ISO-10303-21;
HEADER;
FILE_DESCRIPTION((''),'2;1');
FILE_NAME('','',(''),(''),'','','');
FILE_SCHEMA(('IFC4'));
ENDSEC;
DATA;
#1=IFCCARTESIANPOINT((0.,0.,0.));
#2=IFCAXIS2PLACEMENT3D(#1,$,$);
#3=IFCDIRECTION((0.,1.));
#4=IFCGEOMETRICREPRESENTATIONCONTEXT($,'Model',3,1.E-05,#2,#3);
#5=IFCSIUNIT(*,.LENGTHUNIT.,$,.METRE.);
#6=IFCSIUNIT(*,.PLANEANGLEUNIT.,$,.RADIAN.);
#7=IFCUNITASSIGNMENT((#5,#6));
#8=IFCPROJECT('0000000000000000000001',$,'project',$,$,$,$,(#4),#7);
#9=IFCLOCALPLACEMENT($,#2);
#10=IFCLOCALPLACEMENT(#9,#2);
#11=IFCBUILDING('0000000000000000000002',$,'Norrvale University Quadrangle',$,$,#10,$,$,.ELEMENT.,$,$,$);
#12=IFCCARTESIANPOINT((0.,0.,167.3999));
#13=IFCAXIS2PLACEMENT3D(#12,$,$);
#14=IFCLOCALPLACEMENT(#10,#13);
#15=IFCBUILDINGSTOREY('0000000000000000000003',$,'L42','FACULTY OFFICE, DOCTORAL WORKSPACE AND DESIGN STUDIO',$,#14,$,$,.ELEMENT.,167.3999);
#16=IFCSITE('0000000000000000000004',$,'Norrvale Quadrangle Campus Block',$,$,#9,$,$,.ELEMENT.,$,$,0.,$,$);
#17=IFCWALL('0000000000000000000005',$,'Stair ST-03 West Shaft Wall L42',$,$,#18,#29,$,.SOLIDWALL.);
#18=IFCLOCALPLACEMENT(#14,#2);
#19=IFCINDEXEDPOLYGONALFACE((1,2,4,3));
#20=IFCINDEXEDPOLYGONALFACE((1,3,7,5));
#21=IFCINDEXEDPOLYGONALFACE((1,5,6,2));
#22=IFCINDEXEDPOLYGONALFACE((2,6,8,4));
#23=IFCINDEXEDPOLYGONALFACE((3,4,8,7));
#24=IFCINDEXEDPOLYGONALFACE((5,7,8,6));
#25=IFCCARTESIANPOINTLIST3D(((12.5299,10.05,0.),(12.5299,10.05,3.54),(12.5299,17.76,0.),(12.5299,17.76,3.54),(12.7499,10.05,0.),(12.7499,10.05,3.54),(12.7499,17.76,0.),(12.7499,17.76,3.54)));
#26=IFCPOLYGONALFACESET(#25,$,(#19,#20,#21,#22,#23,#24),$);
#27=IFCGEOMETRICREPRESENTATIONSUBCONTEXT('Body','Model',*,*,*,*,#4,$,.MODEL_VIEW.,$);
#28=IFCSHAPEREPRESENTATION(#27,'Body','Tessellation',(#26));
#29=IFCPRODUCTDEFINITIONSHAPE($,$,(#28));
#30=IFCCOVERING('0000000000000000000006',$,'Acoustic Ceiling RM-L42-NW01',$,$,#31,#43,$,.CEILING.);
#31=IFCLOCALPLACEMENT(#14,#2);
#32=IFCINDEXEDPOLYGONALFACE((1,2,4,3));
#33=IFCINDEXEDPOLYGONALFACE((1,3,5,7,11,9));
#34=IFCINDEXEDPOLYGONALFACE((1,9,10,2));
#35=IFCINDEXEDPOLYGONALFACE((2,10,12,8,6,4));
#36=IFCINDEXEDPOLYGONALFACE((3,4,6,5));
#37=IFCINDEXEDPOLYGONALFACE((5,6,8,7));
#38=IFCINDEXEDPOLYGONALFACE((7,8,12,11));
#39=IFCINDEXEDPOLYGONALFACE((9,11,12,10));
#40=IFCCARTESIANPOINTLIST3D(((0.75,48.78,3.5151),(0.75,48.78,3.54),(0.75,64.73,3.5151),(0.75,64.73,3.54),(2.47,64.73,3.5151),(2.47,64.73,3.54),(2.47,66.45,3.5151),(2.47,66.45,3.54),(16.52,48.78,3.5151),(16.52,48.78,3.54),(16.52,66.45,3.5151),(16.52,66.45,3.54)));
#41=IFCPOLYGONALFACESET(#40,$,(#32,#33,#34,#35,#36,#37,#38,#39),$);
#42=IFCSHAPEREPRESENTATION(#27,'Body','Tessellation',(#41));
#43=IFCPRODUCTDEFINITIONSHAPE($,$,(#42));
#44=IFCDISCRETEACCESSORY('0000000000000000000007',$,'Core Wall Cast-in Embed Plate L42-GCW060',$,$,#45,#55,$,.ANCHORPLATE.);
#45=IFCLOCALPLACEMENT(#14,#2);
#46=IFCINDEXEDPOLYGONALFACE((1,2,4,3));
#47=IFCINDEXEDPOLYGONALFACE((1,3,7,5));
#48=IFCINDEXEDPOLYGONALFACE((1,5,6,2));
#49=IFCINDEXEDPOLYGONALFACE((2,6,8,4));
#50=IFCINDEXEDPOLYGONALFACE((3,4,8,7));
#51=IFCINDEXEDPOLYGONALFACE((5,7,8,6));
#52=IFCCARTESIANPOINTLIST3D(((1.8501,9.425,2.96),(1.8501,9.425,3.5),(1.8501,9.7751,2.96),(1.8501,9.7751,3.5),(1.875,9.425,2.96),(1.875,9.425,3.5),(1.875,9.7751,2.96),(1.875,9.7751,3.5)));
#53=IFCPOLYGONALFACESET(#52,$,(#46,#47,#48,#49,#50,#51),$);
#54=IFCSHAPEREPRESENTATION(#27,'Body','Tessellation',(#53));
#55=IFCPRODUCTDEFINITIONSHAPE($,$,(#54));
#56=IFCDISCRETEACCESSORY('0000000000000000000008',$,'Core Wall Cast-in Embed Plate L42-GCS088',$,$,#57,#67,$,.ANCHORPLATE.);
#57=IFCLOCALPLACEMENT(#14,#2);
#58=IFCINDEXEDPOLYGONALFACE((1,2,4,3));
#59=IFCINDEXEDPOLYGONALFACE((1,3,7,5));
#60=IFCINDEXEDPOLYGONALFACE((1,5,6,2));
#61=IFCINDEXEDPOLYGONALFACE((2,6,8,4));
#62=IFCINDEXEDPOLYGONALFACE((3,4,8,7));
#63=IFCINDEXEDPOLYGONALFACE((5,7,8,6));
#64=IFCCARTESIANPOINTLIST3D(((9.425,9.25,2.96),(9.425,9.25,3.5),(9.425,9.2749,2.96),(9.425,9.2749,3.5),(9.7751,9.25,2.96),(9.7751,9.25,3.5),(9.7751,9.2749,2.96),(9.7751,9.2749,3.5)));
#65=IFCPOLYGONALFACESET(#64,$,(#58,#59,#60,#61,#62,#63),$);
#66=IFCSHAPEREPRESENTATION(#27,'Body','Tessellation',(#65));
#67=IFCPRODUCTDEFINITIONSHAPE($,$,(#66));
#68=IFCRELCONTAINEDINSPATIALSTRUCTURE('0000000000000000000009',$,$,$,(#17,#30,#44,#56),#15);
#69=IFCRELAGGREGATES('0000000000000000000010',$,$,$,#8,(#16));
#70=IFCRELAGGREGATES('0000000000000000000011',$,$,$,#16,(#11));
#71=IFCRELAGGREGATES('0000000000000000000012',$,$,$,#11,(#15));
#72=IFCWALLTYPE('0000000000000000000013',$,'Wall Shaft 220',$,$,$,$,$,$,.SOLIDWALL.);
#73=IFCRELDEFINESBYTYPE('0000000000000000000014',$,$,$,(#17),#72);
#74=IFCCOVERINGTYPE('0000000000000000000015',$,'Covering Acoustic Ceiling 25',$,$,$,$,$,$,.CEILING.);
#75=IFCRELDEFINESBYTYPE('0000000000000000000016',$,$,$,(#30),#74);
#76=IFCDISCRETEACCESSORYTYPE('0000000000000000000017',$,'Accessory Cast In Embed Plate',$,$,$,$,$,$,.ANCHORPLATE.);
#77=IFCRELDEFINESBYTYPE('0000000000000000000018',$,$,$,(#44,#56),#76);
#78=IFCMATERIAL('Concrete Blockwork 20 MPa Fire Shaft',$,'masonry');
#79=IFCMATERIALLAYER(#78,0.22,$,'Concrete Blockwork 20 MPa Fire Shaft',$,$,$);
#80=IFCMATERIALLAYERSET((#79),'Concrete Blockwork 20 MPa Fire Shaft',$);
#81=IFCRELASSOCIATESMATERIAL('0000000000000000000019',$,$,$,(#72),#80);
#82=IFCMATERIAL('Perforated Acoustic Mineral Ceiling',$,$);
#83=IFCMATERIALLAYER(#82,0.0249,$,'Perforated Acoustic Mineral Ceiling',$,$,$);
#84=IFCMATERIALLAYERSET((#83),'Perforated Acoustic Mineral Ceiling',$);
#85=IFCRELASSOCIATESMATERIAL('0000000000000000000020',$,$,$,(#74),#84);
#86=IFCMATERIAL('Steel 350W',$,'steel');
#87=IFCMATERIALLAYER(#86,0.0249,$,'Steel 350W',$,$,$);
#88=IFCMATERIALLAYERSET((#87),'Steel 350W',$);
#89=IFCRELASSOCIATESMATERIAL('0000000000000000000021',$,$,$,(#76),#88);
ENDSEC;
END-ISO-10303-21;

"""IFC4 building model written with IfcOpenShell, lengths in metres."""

from ifc_helpers import new_model, si_unit, direction, frame, frame_2d, origin, origin_2d, place, context, subcontext, project, spatial, polyline, rectangle, outline, extrude, material, layer, layer_set, type_object, element, save


model = new_model("IFC4")

# Units and contexts
model_context = context("Model", 3, precision=1e-05, world=origin(), true_north=direction((0.0, 1.0)))
body_context = subcontext(model_context, "Body", "Model", "MODEL_VIEW")
ifc_project = project(units=[si_unit("LENGTHUNIT", "METRE"), si_unit("PLANEANGLEUNIT", "RADIAN")], contexts=[model_context])

# Site, building, storey
site_placement = place(None, origin())
site = spatial("IfcSite", under=ifc_project, at=site_placement, Name="Norrvale Quadrangle Campus Block", CompositionType="ELEMENT", RefElevation=0.0)
building_placement = place(site_placement, origin())
building = spatial("IfcBuilding", under=site, at=building_placement, Name="Norrvale University Quadrangle", CompositionType="ELEMENT")
storey_placement = place(building_placement, frame((0.0, 0.0, 167.3999)))
storey = spatial("IfcBuildingStorey", under=building, at=storey_placement, Name="L42", Description="FACULTY OFFICE, DOCTORAL WORKSPACE AND DESIGN STUDIO", CompositionType="ELEMENT", Elevation=167.3999)

# Shared definitions
ifc_material_1 = material(Name="Steel 350W", Category="steel")

# Shared definitions
ifc_material_2 = material(Name="Concrete Blockwork 20 MPa Fire Shaft", Category="masonry")
ifc_layer_1 = layer(ifc_material_2, 0.22, Name="Concrete Blockwork 20 MPa Fire Shaft")
ifc_layer_set_1 = layer_set([ifc_layer_1], Name="Concrete Blockwork 20 MPa Fire Shaft")
wall_type_1 = type_object("IfcWallType", Name="Wall Shaft 220", PredefinedType="SOLIDWALL", material=ifc_layer_set_1)

# Wall
wall_1_placement = place(storey_placement, frame((12.6399, 10.05, 0.0), z_axis=(0.0, 0.0, 1.0), x_axis=(0.0, 1.0, 0.0)))
element("IfcWall", 1, at=wall_1_placement, inside=storey, type_object=wall_type_1, Name="Stair ST-03 West Shaft Wall L42", PredefinedType="SOLIDWALL", context=body_context, shape_type="SweptSolid", body=[
    extrude(rectangle(XDim=7.71, YDim=0.22, at=frame_2d((3.855, 0.0))), origin(), (0.0, 0.0, 1.0), 3.54),
])

# Covering
ifc_material_3 = material(Name="Perforated Acoustic Mineral Ceiling")
ifc_layer_2 = layer(ifc_material_3, 0.0249, Name="Perforated Acoustic Mineral Ceiling")
ifc_layer_set_2 = layer_set([ifc_layer_2], Name="Perforated Acoustic Mineral Ceiling")
covering_type = type_object("IfcCoveringType", Name="Covering Acoustic Ceiling 25", PredefinedType="CEILING", material=ifc_layer_set_2)
covering_placement = place(storey_placement, frame((0.0, 0.0, 3.5151)))
element("IfcCovering", 2, at=covering_placement, inside=storey, type_object=covering_type, Name="Acoustic Ceiling RM-L42-NW01", PredefinedType="CEILING", context=body_context, shape_type="SweptSolid", body=[
    extrude(outline(polyline([(16.52, 66.45), (16.52, 48.78), (0.75, 48.78), (0.75, 64.73), (2.47, 64.73), (2.47, 66.45), (16.52, 66.45)])), origin(), (0.0, 0.0, 1.0), 0.0249),
])

# Discrete accessories
ifc_layer_3 = layer(ifc_material_1, 0.0249, Name="Steel 350W")
ifc_layer_set_3 = layer_set([ifc_layer_3], Name="Steel 350W")
discrete_accessory_type = type_object("IfcDiscreteAccessoryType", Name="Accessory Cast In Embed Plate", PredefinedType="ANCHORPLATE", material=ifc_layer_set_3)
discrete_accessory_1_placement = place(storey_placement, frame((1.8625, 9.6001, 2.96), z_axis=(0.0, 0.0, 1.0), x_axis=(1.0, 0.0, 0.0)))
element("IfcDiscreteAccessory", 3, at=discrete_accessory_1_placement, inside=storey, type_object=discrete_accessory_type, Name="Core Wall Cast-in Embed Plate L42-GCW060", PredefinedType="ANCHORPLATE", context=body_context, shape_type="SweptSolid", body=[
    extrude(rectangle(XDim=0.0249, YDim=0.3501, at=origin_2d()), origin(), (0.0, 0.0, 1.0), 0.54),
])
discrete_accessory_2_placement = place(storey_placement, frame((9.6001, 9.2625, 2.96), z_axis=(0.0, 0.0, 1.0), x_axis=(1.0, 0.0, 0.0)))
element("IfcDiscreteAccessory", 4, at=discrete_accessory_2_placement, inside=storey, type_object=discrete_accessory_type, Name="Core Wall Cast-in Embed Plate L42-GCS088", PredefinedType="ANCHORPLATE", context=body_context, shape_type="SweptSolid", body=[
    extrude(rectangle(XDim=0.3501, YDim=0.0249, at=origin_2d()), origin(), (0.0, 0.0, 1.0), 0.54),
])

save(model, "model.ifc")
